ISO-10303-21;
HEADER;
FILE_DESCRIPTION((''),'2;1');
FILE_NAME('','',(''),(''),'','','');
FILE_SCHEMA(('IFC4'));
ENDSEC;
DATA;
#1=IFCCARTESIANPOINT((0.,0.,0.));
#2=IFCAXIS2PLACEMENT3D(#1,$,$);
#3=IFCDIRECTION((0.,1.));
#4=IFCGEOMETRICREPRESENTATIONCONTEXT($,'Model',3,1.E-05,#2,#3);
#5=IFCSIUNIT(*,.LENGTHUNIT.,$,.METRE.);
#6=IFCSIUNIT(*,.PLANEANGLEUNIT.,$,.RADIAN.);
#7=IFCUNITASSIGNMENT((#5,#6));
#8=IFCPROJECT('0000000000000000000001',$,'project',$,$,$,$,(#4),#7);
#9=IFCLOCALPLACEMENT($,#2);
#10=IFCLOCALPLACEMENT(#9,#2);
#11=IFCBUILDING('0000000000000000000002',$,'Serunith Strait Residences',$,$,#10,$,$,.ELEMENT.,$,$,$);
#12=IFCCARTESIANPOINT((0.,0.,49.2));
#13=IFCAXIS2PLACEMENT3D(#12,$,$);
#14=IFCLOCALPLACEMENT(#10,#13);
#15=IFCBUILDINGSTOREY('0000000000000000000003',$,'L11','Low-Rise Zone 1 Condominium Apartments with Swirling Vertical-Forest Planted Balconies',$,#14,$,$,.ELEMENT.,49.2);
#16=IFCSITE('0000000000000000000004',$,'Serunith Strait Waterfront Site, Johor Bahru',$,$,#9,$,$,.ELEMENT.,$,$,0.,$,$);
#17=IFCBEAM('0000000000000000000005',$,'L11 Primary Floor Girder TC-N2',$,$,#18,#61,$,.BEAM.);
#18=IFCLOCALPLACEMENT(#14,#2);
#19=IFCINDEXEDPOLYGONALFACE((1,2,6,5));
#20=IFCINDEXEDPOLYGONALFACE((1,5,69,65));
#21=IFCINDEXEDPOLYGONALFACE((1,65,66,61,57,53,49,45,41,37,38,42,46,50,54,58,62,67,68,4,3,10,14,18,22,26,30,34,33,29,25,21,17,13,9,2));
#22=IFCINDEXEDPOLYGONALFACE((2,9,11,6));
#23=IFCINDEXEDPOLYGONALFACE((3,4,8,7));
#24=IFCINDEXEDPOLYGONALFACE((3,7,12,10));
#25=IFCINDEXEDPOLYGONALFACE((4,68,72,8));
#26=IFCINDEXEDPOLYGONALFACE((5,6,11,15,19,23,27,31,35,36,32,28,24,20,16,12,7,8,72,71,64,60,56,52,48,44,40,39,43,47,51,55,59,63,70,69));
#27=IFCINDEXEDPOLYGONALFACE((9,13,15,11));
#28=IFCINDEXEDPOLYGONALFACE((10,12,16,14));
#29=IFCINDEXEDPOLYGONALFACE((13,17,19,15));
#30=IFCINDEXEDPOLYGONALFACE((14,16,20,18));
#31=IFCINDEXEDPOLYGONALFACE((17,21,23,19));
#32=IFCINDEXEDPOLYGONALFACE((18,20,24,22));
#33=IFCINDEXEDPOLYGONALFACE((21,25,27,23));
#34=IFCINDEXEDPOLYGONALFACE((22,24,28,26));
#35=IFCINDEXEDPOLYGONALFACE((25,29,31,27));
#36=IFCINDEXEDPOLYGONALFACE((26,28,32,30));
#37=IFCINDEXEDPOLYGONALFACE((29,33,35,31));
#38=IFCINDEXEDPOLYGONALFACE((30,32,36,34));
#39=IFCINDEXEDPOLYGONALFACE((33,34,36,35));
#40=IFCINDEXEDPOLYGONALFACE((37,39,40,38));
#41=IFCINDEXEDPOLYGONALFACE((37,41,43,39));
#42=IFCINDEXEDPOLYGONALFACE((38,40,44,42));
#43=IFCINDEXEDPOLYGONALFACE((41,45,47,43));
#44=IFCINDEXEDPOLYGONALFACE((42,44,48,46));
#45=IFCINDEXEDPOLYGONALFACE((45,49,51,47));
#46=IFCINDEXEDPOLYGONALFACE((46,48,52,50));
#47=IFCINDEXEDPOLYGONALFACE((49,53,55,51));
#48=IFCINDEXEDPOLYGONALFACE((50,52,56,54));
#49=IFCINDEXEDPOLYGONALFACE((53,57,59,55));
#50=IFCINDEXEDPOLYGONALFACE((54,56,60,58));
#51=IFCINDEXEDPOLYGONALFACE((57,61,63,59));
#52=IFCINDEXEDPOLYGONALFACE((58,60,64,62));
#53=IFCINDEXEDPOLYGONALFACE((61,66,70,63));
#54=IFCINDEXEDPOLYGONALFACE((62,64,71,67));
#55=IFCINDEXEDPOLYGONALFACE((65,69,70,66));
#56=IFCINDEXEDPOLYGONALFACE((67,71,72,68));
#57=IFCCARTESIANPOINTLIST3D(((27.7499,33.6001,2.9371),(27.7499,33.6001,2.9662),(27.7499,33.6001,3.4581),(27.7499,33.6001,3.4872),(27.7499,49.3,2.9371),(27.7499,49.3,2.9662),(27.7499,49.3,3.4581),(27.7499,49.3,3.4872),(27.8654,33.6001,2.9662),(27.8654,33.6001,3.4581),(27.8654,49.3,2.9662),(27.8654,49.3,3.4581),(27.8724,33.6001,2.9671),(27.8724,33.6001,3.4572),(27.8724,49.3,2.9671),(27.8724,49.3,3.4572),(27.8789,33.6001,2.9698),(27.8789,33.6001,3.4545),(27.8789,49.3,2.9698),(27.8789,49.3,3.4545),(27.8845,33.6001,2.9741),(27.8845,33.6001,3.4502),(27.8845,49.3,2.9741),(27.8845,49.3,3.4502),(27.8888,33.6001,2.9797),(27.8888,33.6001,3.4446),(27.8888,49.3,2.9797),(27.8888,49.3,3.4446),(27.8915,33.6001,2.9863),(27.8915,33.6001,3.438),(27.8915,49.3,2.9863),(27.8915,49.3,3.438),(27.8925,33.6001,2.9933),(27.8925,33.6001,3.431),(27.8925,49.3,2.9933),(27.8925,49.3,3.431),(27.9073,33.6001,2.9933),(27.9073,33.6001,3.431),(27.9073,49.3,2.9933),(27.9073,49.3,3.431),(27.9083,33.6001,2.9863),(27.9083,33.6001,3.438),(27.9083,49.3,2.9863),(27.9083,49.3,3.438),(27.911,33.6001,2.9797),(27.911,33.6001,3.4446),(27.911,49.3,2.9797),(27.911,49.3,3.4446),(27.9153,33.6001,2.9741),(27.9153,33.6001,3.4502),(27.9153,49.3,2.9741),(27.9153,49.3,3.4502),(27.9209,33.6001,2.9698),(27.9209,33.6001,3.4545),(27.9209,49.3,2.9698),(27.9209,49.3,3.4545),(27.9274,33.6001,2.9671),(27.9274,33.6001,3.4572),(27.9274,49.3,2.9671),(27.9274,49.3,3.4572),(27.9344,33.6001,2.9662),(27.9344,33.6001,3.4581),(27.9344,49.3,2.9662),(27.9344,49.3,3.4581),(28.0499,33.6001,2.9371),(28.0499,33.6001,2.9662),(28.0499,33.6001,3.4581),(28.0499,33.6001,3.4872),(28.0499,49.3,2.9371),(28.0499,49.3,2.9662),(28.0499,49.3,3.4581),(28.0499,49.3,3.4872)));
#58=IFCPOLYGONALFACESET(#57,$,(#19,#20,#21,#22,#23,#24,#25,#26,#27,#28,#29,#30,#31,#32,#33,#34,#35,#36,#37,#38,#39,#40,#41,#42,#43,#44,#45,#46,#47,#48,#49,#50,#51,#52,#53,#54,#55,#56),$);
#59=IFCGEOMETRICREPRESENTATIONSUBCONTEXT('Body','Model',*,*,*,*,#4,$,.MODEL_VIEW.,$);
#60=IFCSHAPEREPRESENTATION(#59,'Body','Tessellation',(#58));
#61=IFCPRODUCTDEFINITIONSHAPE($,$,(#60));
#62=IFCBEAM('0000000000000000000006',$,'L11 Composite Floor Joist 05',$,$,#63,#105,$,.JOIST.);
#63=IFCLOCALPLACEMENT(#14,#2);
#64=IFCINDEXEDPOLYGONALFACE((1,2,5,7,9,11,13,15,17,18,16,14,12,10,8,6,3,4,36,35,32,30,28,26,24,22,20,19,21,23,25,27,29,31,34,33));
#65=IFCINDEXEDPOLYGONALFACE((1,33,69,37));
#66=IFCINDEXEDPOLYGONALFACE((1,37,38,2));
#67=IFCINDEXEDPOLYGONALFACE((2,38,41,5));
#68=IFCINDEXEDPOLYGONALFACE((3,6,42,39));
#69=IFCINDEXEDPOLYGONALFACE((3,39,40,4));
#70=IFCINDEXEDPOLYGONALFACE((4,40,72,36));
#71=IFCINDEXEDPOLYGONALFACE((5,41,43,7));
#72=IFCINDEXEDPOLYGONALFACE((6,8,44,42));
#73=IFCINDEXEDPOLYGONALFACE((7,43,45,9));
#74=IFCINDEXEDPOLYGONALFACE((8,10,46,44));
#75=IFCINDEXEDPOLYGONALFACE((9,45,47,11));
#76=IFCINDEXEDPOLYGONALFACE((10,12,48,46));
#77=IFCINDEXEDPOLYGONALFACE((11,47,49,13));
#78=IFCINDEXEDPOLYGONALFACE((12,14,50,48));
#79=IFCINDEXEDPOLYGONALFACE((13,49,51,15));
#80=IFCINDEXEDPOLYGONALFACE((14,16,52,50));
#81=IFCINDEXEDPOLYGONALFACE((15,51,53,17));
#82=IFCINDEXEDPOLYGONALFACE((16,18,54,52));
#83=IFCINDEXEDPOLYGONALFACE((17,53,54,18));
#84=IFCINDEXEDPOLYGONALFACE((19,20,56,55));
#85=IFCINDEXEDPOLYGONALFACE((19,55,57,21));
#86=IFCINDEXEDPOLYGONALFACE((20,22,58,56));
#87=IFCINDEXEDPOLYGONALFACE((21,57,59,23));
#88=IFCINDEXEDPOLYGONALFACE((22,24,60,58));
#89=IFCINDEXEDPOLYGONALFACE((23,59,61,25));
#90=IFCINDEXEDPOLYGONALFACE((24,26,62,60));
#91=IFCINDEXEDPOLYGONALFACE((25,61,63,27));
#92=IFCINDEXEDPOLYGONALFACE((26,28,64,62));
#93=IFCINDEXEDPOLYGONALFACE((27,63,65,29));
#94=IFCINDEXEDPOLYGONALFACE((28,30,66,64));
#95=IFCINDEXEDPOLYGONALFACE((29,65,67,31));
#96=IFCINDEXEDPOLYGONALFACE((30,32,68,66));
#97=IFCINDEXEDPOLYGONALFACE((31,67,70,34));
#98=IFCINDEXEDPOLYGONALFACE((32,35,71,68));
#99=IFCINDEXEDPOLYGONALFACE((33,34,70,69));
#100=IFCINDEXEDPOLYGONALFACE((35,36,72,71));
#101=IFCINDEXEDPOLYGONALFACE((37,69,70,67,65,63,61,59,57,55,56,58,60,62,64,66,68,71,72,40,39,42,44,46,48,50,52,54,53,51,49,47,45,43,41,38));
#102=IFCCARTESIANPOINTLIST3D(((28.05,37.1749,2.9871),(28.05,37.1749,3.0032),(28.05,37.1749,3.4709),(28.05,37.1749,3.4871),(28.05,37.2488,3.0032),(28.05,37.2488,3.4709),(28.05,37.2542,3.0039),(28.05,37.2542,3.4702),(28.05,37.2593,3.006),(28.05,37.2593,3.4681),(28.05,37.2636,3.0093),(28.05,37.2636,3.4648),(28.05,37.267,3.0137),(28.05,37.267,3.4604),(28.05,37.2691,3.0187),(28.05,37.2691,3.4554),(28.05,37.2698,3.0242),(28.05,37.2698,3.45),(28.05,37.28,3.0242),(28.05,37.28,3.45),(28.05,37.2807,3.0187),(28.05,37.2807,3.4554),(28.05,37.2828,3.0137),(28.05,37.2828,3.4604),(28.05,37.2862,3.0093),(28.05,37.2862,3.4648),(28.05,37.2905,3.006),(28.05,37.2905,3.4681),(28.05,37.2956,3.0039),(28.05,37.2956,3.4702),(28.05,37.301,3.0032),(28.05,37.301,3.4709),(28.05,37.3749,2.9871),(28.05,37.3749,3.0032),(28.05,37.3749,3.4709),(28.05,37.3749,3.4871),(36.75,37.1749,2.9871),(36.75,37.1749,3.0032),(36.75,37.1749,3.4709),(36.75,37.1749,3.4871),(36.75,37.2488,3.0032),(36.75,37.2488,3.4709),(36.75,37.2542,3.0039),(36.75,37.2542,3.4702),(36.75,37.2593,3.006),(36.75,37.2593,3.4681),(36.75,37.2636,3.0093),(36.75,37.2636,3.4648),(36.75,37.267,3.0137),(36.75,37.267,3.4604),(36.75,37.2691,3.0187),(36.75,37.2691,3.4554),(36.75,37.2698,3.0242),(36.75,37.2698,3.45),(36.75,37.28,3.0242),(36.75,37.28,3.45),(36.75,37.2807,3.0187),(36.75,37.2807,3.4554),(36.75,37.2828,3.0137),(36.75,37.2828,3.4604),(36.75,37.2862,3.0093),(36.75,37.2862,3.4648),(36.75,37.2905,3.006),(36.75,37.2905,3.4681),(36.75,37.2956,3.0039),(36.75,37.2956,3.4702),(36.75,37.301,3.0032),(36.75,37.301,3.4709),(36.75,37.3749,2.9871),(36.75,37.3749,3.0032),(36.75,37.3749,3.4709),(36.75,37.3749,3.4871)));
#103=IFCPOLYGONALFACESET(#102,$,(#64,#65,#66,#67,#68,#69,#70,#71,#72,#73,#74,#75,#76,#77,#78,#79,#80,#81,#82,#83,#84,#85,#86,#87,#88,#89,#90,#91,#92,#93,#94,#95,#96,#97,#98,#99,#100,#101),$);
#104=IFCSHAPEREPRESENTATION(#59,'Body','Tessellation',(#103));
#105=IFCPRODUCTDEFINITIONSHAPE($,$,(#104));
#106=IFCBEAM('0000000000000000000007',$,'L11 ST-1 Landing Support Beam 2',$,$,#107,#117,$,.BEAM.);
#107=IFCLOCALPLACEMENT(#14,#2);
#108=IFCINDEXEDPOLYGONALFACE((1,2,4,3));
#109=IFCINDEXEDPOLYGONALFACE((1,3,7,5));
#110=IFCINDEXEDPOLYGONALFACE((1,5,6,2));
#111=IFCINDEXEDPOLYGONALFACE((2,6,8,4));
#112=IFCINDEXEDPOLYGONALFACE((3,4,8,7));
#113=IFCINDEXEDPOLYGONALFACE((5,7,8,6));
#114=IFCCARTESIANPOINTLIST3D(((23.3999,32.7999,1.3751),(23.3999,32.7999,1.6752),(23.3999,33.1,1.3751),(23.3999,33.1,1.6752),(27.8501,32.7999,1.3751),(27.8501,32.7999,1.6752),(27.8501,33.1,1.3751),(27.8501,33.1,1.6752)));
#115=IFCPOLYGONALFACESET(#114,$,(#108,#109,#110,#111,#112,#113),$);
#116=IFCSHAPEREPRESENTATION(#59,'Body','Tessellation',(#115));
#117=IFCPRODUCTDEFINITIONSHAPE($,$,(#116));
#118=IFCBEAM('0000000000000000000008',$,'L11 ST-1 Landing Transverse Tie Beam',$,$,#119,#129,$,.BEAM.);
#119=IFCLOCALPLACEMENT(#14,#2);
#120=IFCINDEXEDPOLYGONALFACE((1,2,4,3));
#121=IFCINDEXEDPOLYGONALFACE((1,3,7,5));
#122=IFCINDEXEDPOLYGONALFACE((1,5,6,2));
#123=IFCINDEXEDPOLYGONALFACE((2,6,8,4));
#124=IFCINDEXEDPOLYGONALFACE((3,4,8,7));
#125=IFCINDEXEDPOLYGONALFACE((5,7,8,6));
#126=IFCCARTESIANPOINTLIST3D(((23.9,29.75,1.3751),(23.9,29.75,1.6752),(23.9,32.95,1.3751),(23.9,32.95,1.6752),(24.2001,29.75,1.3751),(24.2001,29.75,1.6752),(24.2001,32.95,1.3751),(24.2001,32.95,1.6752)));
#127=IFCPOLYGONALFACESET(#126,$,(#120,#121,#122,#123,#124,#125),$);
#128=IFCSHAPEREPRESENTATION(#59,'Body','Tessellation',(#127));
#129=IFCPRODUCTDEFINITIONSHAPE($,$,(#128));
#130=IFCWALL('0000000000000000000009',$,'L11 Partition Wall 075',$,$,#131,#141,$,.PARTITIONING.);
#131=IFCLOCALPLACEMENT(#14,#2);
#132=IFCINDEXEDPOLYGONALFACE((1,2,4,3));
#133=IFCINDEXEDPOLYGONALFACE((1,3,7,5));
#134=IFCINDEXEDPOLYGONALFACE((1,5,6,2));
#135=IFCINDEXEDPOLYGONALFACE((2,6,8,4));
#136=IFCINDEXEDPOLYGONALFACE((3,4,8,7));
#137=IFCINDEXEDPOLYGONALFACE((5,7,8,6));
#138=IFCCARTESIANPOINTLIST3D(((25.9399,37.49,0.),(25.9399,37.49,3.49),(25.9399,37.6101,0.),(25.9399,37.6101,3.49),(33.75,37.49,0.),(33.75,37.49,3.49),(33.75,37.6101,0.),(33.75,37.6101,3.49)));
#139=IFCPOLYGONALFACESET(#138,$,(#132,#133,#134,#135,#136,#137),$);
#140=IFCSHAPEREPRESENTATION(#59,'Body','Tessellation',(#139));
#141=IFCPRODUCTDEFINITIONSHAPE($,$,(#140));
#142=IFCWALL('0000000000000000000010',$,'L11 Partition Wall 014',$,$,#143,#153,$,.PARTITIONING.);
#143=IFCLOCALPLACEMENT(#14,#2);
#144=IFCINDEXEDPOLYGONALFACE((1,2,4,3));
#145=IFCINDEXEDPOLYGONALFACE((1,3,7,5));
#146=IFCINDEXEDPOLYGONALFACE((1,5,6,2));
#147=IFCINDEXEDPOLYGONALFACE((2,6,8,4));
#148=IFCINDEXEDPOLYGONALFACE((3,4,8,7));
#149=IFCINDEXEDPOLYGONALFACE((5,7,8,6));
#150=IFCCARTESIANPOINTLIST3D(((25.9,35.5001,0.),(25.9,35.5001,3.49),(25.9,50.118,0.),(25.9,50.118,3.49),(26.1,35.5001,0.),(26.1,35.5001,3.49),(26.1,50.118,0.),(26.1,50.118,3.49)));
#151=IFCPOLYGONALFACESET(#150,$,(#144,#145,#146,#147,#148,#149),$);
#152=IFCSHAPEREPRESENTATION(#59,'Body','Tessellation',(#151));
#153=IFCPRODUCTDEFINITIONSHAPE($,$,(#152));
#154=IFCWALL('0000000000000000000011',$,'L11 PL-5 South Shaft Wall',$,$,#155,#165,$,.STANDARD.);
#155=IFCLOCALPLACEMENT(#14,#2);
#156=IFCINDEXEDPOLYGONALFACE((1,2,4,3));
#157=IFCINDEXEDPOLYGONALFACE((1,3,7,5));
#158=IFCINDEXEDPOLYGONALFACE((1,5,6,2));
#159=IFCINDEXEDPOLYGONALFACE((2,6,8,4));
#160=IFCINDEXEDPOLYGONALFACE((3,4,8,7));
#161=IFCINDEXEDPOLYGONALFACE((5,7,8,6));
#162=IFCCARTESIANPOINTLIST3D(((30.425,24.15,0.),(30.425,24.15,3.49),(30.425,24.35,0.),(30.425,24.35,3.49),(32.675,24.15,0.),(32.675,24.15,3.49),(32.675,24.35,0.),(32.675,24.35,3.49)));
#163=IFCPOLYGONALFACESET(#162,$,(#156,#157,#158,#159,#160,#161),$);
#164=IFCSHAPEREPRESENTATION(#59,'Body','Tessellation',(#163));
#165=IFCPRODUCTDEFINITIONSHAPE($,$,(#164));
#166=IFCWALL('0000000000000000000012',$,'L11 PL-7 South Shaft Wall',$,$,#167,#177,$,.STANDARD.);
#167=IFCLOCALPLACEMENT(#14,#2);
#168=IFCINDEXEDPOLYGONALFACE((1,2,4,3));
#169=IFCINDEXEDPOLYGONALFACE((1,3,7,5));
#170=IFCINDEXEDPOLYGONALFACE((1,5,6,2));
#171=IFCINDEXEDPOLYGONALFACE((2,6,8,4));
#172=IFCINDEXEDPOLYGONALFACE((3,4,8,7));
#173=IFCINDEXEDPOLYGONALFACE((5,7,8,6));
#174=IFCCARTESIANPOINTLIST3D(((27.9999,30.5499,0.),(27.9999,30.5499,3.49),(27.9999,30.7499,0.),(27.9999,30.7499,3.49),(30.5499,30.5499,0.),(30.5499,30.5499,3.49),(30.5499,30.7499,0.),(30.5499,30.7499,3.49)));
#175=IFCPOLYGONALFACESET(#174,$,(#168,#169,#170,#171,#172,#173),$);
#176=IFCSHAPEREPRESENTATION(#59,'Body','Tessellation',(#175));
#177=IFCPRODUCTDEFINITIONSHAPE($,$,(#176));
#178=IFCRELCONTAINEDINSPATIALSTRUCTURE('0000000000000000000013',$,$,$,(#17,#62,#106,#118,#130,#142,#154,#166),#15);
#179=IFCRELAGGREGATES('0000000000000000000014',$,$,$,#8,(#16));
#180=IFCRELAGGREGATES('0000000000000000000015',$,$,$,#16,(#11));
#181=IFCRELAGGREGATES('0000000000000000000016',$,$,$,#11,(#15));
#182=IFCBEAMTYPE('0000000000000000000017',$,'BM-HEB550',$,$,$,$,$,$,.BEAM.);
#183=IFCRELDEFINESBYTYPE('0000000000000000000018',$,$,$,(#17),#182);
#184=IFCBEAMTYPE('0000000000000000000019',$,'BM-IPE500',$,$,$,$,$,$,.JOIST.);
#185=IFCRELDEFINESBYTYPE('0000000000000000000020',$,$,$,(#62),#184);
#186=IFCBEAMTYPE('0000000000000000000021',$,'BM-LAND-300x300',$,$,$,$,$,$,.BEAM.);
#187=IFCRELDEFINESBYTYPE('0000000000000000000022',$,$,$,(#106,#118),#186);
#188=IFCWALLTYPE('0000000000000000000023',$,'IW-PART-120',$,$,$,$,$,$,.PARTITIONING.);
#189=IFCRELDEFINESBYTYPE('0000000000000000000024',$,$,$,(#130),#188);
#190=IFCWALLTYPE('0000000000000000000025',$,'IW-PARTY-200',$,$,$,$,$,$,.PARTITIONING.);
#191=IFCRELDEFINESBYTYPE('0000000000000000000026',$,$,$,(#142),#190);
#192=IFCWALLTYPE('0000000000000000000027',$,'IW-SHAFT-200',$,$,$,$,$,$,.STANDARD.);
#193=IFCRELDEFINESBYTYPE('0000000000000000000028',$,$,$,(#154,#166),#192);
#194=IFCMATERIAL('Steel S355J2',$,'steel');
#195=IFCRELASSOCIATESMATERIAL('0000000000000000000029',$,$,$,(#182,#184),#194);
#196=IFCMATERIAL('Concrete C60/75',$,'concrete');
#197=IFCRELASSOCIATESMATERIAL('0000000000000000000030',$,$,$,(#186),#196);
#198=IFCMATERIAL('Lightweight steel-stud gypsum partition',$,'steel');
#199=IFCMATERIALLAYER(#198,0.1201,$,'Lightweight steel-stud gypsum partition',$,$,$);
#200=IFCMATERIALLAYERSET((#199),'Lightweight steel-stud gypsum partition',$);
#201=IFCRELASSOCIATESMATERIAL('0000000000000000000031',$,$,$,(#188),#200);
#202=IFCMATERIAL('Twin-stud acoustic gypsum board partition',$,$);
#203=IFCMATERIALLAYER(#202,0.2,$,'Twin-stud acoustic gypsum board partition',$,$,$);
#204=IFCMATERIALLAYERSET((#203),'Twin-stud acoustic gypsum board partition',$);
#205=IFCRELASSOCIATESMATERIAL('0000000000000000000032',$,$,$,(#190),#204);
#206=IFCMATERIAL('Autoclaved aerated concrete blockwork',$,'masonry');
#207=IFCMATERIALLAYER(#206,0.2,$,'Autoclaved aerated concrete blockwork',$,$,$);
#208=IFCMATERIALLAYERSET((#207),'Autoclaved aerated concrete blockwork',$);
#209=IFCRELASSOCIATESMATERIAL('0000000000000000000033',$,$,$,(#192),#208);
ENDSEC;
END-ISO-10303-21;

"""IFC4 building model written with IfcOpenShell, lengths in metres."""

from ifc_helpers import new_model, si_unit, direction, frame, frame_2d, origin, origin_2d, place, context, subcontext, project, spatial, rectangle, i_section, extrude, source, transform, mapped, material, layer, layer_set, material_profile, profile_set, type_object, element, save


model = new_model("IFC4")

# Units and contexts
model_context = context("Model", 3, precision=1e-05, world=origin(), true_north=direction((0.0, 1.0)))
body_context = subcontext(model_context, "Body", "Model", "MODEL_VIEW")
ifc_project = project(units=[si_unit("LENGTHUNIT", "METRE"), si_unit("PLANEANGLEUNIT", "RADIAN")], contexts=[model_context])

# Site, building, storey
site_placement = place(None, origin())
site = spatial("IfcSite", under=ifc_project, at=site_placement, Name="Serunith Strait Waterfront Site, Johor Bahru", CompositionType="ELEMENT", RefElevation=0.0)
building_placement = place(site_placement, origin())
building = spatial("IfcBuilding", under=site, at=building_placement, Name="Serunith Strait Residences", CompositionType="ELEMENT")
storey_placement = place(building_placement, frame((0.0, 0.0, 49.2)))
storey = spatial("IfcBuildingStorey", under=building, at=storey_placement, Name="L11", Description="Low-Rise Zone 1 Condominium Apartments with Swirling Vertical-Forest Planted Balconies", CompositionType="ELEMENT", Elevation=49.2)

# Beams
ifc_material_1 = material(Name="Steel S355J2", Category="steel")
ifc_material_profile_1 = material_profile(ifc_material_1, i_section(OverallWidth=0.3, OverallDepth=0.55, WebThickness=0.0149, FlangeThickness=0.0291, FilletRadius=0.0271, at=origin_2d()), Name="HEB 550")
ifc_profile_set_1 = profile_set([ifc_material_profile_1], Name="Steel S355J2")
beam_type_1 = type_object("IfcBeamType", Name="BM-HEB550", PredefinedType="BEAM", material=ifc_profile_set_1)
shared_shape_1 = source(origin(), body_context, "Body", "SweptSolid", [
    extrude(i_section(OverallWidth=0.3, OverallDepth=0.55, WebThickness=0.0149, FlangeThickness=0.0291, FilletRadius=0.0271, at=origin_2d()), origin(), (0.0, 0.0, 1.0), 15.7),
])
beam_1_placement = place(storey_placement, frame((27.8999, 33.6001, 3.2122), z_axis=(0.0, 1.0, 0.0), x_axis=(-1.0, 0.0, 0.0)))
element("IfcBeam", 1, at=beam_1_placement, inside=storey, type_object=beam_type_1, Name="L11 Primary Floor Girder TC-N2", PredefinedType="BEAM", context=body_context, shape_type="MappedRepresentation", body=[
    mapped(shared_shape_1, transform((0.0, 0.0, 0.0), scale=1.0)),
])
ifc_material_profile_2 = material_profile(ifc_material_1, i_section(OverallWidth=0.2, OverallDepth=0.5, WebThickness=0.0103, FlangeThickness=0.0161, FilletRadius=0.021, at=origin_2d()), Name="IPE 500")
ifc_profile_set_2 = profile_set([ifc_material_profile_2], Name="Steel S355J2")
beam_type_2 = type_object("IfcBeamType", Name="BM-IPE500", PredefinedType="JOIST", material=ifc_profile_set_2)
shared_shape_2 = source(origin(), body_context, "Body", "SweptSolid", [
    extrude(i_section(OverallWidth=0.2, OverallDepth=0.5, WebThickness=0.0103, FlangeThickness=0.0161, FilletRadius=0.021, at=origin_2d()), origin(), (0.0, 0.0, 1.0), 8.7),
])
beam_2_placement = place(storey_placement, frame((28.05, 37.2749, 3.2371), z_axis=(1.0, 0.0, 0.0), x_axis=(0.0, 1.0, 0.0)))
element("IfcBeam", 2, at=beam_2_placement, inside=storey, type_object=beam_type_2, Name="L11 Composite Floor Joist 05", PredefinedType="JOIST", context=body_context, shape_type="MappedRepresentation", body=[
    mapped(shared_shape_2, transform((0.0, 0.0, 0.0), scale=1.0)),
])
ifc_material_2 = material(Name="Concrete C60/75", Category="concrete")
ifc_material_profile_3 = material_profile(ifc_material_2, rectangle(XDim=0.3, YDim=0.3, at=origin_2d()), Name="RC 300x300")
ifc_profile_set_3 = profile_set([ifc_material_profile_3], Name="Concrete C60/75")
beam_type_3 = type_object("IfcBeamType", Name="BM-LAND-300x300", PredefinedType="BEAM", material=ifc_profile_set_3)
shared_shape_3 = source(origin(), body_context, "Body", "SweptSolid", [
    extrude(rectangle(XDim=0.3, YDim=0.3, at=origin_2d()), origin(), (0.0, 0.0, 1.0), 4.4502),
])
beam_3_placement = place(storey_placement, frame((23.3999, 32.95, 1.5251), z_axis=(1.0, 0.0, 0.0), x_axis=(0.0, 1.0, 0.0)))
element("IfcBeam", 3, at=beam_3_placement, inside=storey, type_object=beam_type_3, Name="L11 ST-1 Landing Support Beam 2", PredefinedType="BEAM", context=body_context, shape_type="MappedRepresentation", body=[
    mapped(shared_shape_3, transform((0.0, 0.0, 0.0), scale=1.0)),
])
shared_shape_4 = source(origin(), body_context, "Body", "SweptSolid", [
    extrude(rectangle(XDim=0.3, YDim=0.3, at=origin_2d()), origin(), (0.0, 0.0, 1.0), 3.2),
])
beam_4_placement = place(storey_placement, frame((24.05, 29.75, 1.5251), z_axis=(0.0, 1.0, 0.0), x_axis=(-1.0, 0.0, 0.0)))
element("IfcBeam", 4, at=beam_4_placement, inside=storey, type_object=beam_type_3, Name="L11 ST-1 Landing Transverse Tie Beam", PredefinedType="BEAM", context=body_context, shape_type="MappedRepresentation", body=[
    mapped(shared_shape_4, transform((0.0, 0.0, 0.0), scale=1.0)),
])

# Walls
ifc_material_3 = material(Name="Lightweight steel-stud gypsum partition", Category="steel")
ifc_layer_1 = layer(ifc_material_3, 0.1201, Name="Lightweight steel-stud gypsum partition")
ifc_layer_set_1 = layer_set([ifc_layer_1], Name="Lightweight steel-stud gypsum partition")
wall_type_1 = type_object("IfcWallType", Name="IW-PART-120", PredefinedType="PARTITIONING", material=ifc_layer_set_1)
wall_1_placement = place(storey_placement, frame((25.9399, 37.55, 0.0), z_axis=(0.0, 0.0, 1.0), x_axis=(1.0, 0.0, 0.0)))
element("IfcWall", 5, at=wall_1_placement, inside=storey, type_object=wall_type_1, Name="L11 Partition Wall 075", PredefinedType="PARTITIONING", context=body_context, shape_type="SweptSolid", body=[
    extrude(rectangle(XDim=7.8101, YDim=0.1201, at=frame_2d((3.905, 0.0))), origin(), (0.0, 0.0, 1.0), 3.49),
])
ifc_material_4 = material(Name="Twin-stud acoustic gypsum board partition")
ifc_layer_2 = layer(ifc_material_4, 0.2, Name="Twin-stud acoustic gypsum board partition")
ifc_layer_set_2 = layer_set([ifc_layer_2], Name="Twin-stud acoustic gypsum board partition")
wall_type_2 = type_object("IfcWallType", Name="IW-PARTY-200", PredefinedType="PARTITIONING", material=ifc_layer_set_2)
wall_2_placement = place(storey_placement, frame((26.0, 35.5, 0.0), z_axis=(0.0, 0.0, 1.0), x_axis=(0.0, 1.0, 0.0)))
element("IfcWall", 6, at=wall_2_placement, inside=storey, type_object=wall_type_2, Name="L11 Partition Wall 014", PredefinedType="PARTITIONING", context=body_context, shape_type="SweptSolid", body=[
    extrude(rectangle(XDim=14.6179, YDim=0.2, at=frame_2d((7.3091, 0.0))), origin(), (0.0, 0.0, 1.0), 3.49),
])
ifc_material_5 = material(Name="Autoclaved aerated concrete blockwork", Category="masonry")
ifc_layer_3 = layer(ifc_material_5, 0.2, Name="Autoclaved aerated concrete blockwork")
ifc_layer_set_3 = layer_set([ifc_layer_3], Name="Autoclaved aerated concrete blockwork")
wall_type_3 = type_object("IfcWallType", Name="IW-SHAFT-200", PredefinedType="STANDARD", material=ifc_layer_set_3)
wall_3_placement = place(storey_placement, frame((30.425, 24.25, 0.0), z_axis=(0.0, 0.0, 1.0), x_axis=(1.0, 0.0, 0.0)))
element("IfcWall", 7, at=wall_3_placement, inside=storey, type_object=wall_type_3, Name="L11 PL-5 South Shaft Wall", PredefinedType="STANDARD", context=body_context, shape_type="SweptSolid", body=[
    extrude(rectangle(XDim=2.25, YDim=0.2, at=frame_2d((1.125, 0.0))), origin(), (0.0, 0.0, 1.0), 3.49),
])
wall_4_placement = place(storey_placement, frame((28.0, 30.6499, 0.0), z_axis=(0.0, 0.0, 1.0), x_axis=(1.0, 0.0, 0.0)))
element("IfcWall", 8, at=wall_4_placement, inside=storey, type_object=wall_type_3, Name="L11 PL-7 South Shaft Wall", PredefinedType="STANDARD", context=body_context, shape_type="SweptSolid", body=[
    extrude(rectangle(XDim=2.55, YDim=0.2, at=frame_2d((1.2749, 0.0))), origin(), (0.0, 0.0, 1.0), 3.49),
])

save(model, "model.ifc")
